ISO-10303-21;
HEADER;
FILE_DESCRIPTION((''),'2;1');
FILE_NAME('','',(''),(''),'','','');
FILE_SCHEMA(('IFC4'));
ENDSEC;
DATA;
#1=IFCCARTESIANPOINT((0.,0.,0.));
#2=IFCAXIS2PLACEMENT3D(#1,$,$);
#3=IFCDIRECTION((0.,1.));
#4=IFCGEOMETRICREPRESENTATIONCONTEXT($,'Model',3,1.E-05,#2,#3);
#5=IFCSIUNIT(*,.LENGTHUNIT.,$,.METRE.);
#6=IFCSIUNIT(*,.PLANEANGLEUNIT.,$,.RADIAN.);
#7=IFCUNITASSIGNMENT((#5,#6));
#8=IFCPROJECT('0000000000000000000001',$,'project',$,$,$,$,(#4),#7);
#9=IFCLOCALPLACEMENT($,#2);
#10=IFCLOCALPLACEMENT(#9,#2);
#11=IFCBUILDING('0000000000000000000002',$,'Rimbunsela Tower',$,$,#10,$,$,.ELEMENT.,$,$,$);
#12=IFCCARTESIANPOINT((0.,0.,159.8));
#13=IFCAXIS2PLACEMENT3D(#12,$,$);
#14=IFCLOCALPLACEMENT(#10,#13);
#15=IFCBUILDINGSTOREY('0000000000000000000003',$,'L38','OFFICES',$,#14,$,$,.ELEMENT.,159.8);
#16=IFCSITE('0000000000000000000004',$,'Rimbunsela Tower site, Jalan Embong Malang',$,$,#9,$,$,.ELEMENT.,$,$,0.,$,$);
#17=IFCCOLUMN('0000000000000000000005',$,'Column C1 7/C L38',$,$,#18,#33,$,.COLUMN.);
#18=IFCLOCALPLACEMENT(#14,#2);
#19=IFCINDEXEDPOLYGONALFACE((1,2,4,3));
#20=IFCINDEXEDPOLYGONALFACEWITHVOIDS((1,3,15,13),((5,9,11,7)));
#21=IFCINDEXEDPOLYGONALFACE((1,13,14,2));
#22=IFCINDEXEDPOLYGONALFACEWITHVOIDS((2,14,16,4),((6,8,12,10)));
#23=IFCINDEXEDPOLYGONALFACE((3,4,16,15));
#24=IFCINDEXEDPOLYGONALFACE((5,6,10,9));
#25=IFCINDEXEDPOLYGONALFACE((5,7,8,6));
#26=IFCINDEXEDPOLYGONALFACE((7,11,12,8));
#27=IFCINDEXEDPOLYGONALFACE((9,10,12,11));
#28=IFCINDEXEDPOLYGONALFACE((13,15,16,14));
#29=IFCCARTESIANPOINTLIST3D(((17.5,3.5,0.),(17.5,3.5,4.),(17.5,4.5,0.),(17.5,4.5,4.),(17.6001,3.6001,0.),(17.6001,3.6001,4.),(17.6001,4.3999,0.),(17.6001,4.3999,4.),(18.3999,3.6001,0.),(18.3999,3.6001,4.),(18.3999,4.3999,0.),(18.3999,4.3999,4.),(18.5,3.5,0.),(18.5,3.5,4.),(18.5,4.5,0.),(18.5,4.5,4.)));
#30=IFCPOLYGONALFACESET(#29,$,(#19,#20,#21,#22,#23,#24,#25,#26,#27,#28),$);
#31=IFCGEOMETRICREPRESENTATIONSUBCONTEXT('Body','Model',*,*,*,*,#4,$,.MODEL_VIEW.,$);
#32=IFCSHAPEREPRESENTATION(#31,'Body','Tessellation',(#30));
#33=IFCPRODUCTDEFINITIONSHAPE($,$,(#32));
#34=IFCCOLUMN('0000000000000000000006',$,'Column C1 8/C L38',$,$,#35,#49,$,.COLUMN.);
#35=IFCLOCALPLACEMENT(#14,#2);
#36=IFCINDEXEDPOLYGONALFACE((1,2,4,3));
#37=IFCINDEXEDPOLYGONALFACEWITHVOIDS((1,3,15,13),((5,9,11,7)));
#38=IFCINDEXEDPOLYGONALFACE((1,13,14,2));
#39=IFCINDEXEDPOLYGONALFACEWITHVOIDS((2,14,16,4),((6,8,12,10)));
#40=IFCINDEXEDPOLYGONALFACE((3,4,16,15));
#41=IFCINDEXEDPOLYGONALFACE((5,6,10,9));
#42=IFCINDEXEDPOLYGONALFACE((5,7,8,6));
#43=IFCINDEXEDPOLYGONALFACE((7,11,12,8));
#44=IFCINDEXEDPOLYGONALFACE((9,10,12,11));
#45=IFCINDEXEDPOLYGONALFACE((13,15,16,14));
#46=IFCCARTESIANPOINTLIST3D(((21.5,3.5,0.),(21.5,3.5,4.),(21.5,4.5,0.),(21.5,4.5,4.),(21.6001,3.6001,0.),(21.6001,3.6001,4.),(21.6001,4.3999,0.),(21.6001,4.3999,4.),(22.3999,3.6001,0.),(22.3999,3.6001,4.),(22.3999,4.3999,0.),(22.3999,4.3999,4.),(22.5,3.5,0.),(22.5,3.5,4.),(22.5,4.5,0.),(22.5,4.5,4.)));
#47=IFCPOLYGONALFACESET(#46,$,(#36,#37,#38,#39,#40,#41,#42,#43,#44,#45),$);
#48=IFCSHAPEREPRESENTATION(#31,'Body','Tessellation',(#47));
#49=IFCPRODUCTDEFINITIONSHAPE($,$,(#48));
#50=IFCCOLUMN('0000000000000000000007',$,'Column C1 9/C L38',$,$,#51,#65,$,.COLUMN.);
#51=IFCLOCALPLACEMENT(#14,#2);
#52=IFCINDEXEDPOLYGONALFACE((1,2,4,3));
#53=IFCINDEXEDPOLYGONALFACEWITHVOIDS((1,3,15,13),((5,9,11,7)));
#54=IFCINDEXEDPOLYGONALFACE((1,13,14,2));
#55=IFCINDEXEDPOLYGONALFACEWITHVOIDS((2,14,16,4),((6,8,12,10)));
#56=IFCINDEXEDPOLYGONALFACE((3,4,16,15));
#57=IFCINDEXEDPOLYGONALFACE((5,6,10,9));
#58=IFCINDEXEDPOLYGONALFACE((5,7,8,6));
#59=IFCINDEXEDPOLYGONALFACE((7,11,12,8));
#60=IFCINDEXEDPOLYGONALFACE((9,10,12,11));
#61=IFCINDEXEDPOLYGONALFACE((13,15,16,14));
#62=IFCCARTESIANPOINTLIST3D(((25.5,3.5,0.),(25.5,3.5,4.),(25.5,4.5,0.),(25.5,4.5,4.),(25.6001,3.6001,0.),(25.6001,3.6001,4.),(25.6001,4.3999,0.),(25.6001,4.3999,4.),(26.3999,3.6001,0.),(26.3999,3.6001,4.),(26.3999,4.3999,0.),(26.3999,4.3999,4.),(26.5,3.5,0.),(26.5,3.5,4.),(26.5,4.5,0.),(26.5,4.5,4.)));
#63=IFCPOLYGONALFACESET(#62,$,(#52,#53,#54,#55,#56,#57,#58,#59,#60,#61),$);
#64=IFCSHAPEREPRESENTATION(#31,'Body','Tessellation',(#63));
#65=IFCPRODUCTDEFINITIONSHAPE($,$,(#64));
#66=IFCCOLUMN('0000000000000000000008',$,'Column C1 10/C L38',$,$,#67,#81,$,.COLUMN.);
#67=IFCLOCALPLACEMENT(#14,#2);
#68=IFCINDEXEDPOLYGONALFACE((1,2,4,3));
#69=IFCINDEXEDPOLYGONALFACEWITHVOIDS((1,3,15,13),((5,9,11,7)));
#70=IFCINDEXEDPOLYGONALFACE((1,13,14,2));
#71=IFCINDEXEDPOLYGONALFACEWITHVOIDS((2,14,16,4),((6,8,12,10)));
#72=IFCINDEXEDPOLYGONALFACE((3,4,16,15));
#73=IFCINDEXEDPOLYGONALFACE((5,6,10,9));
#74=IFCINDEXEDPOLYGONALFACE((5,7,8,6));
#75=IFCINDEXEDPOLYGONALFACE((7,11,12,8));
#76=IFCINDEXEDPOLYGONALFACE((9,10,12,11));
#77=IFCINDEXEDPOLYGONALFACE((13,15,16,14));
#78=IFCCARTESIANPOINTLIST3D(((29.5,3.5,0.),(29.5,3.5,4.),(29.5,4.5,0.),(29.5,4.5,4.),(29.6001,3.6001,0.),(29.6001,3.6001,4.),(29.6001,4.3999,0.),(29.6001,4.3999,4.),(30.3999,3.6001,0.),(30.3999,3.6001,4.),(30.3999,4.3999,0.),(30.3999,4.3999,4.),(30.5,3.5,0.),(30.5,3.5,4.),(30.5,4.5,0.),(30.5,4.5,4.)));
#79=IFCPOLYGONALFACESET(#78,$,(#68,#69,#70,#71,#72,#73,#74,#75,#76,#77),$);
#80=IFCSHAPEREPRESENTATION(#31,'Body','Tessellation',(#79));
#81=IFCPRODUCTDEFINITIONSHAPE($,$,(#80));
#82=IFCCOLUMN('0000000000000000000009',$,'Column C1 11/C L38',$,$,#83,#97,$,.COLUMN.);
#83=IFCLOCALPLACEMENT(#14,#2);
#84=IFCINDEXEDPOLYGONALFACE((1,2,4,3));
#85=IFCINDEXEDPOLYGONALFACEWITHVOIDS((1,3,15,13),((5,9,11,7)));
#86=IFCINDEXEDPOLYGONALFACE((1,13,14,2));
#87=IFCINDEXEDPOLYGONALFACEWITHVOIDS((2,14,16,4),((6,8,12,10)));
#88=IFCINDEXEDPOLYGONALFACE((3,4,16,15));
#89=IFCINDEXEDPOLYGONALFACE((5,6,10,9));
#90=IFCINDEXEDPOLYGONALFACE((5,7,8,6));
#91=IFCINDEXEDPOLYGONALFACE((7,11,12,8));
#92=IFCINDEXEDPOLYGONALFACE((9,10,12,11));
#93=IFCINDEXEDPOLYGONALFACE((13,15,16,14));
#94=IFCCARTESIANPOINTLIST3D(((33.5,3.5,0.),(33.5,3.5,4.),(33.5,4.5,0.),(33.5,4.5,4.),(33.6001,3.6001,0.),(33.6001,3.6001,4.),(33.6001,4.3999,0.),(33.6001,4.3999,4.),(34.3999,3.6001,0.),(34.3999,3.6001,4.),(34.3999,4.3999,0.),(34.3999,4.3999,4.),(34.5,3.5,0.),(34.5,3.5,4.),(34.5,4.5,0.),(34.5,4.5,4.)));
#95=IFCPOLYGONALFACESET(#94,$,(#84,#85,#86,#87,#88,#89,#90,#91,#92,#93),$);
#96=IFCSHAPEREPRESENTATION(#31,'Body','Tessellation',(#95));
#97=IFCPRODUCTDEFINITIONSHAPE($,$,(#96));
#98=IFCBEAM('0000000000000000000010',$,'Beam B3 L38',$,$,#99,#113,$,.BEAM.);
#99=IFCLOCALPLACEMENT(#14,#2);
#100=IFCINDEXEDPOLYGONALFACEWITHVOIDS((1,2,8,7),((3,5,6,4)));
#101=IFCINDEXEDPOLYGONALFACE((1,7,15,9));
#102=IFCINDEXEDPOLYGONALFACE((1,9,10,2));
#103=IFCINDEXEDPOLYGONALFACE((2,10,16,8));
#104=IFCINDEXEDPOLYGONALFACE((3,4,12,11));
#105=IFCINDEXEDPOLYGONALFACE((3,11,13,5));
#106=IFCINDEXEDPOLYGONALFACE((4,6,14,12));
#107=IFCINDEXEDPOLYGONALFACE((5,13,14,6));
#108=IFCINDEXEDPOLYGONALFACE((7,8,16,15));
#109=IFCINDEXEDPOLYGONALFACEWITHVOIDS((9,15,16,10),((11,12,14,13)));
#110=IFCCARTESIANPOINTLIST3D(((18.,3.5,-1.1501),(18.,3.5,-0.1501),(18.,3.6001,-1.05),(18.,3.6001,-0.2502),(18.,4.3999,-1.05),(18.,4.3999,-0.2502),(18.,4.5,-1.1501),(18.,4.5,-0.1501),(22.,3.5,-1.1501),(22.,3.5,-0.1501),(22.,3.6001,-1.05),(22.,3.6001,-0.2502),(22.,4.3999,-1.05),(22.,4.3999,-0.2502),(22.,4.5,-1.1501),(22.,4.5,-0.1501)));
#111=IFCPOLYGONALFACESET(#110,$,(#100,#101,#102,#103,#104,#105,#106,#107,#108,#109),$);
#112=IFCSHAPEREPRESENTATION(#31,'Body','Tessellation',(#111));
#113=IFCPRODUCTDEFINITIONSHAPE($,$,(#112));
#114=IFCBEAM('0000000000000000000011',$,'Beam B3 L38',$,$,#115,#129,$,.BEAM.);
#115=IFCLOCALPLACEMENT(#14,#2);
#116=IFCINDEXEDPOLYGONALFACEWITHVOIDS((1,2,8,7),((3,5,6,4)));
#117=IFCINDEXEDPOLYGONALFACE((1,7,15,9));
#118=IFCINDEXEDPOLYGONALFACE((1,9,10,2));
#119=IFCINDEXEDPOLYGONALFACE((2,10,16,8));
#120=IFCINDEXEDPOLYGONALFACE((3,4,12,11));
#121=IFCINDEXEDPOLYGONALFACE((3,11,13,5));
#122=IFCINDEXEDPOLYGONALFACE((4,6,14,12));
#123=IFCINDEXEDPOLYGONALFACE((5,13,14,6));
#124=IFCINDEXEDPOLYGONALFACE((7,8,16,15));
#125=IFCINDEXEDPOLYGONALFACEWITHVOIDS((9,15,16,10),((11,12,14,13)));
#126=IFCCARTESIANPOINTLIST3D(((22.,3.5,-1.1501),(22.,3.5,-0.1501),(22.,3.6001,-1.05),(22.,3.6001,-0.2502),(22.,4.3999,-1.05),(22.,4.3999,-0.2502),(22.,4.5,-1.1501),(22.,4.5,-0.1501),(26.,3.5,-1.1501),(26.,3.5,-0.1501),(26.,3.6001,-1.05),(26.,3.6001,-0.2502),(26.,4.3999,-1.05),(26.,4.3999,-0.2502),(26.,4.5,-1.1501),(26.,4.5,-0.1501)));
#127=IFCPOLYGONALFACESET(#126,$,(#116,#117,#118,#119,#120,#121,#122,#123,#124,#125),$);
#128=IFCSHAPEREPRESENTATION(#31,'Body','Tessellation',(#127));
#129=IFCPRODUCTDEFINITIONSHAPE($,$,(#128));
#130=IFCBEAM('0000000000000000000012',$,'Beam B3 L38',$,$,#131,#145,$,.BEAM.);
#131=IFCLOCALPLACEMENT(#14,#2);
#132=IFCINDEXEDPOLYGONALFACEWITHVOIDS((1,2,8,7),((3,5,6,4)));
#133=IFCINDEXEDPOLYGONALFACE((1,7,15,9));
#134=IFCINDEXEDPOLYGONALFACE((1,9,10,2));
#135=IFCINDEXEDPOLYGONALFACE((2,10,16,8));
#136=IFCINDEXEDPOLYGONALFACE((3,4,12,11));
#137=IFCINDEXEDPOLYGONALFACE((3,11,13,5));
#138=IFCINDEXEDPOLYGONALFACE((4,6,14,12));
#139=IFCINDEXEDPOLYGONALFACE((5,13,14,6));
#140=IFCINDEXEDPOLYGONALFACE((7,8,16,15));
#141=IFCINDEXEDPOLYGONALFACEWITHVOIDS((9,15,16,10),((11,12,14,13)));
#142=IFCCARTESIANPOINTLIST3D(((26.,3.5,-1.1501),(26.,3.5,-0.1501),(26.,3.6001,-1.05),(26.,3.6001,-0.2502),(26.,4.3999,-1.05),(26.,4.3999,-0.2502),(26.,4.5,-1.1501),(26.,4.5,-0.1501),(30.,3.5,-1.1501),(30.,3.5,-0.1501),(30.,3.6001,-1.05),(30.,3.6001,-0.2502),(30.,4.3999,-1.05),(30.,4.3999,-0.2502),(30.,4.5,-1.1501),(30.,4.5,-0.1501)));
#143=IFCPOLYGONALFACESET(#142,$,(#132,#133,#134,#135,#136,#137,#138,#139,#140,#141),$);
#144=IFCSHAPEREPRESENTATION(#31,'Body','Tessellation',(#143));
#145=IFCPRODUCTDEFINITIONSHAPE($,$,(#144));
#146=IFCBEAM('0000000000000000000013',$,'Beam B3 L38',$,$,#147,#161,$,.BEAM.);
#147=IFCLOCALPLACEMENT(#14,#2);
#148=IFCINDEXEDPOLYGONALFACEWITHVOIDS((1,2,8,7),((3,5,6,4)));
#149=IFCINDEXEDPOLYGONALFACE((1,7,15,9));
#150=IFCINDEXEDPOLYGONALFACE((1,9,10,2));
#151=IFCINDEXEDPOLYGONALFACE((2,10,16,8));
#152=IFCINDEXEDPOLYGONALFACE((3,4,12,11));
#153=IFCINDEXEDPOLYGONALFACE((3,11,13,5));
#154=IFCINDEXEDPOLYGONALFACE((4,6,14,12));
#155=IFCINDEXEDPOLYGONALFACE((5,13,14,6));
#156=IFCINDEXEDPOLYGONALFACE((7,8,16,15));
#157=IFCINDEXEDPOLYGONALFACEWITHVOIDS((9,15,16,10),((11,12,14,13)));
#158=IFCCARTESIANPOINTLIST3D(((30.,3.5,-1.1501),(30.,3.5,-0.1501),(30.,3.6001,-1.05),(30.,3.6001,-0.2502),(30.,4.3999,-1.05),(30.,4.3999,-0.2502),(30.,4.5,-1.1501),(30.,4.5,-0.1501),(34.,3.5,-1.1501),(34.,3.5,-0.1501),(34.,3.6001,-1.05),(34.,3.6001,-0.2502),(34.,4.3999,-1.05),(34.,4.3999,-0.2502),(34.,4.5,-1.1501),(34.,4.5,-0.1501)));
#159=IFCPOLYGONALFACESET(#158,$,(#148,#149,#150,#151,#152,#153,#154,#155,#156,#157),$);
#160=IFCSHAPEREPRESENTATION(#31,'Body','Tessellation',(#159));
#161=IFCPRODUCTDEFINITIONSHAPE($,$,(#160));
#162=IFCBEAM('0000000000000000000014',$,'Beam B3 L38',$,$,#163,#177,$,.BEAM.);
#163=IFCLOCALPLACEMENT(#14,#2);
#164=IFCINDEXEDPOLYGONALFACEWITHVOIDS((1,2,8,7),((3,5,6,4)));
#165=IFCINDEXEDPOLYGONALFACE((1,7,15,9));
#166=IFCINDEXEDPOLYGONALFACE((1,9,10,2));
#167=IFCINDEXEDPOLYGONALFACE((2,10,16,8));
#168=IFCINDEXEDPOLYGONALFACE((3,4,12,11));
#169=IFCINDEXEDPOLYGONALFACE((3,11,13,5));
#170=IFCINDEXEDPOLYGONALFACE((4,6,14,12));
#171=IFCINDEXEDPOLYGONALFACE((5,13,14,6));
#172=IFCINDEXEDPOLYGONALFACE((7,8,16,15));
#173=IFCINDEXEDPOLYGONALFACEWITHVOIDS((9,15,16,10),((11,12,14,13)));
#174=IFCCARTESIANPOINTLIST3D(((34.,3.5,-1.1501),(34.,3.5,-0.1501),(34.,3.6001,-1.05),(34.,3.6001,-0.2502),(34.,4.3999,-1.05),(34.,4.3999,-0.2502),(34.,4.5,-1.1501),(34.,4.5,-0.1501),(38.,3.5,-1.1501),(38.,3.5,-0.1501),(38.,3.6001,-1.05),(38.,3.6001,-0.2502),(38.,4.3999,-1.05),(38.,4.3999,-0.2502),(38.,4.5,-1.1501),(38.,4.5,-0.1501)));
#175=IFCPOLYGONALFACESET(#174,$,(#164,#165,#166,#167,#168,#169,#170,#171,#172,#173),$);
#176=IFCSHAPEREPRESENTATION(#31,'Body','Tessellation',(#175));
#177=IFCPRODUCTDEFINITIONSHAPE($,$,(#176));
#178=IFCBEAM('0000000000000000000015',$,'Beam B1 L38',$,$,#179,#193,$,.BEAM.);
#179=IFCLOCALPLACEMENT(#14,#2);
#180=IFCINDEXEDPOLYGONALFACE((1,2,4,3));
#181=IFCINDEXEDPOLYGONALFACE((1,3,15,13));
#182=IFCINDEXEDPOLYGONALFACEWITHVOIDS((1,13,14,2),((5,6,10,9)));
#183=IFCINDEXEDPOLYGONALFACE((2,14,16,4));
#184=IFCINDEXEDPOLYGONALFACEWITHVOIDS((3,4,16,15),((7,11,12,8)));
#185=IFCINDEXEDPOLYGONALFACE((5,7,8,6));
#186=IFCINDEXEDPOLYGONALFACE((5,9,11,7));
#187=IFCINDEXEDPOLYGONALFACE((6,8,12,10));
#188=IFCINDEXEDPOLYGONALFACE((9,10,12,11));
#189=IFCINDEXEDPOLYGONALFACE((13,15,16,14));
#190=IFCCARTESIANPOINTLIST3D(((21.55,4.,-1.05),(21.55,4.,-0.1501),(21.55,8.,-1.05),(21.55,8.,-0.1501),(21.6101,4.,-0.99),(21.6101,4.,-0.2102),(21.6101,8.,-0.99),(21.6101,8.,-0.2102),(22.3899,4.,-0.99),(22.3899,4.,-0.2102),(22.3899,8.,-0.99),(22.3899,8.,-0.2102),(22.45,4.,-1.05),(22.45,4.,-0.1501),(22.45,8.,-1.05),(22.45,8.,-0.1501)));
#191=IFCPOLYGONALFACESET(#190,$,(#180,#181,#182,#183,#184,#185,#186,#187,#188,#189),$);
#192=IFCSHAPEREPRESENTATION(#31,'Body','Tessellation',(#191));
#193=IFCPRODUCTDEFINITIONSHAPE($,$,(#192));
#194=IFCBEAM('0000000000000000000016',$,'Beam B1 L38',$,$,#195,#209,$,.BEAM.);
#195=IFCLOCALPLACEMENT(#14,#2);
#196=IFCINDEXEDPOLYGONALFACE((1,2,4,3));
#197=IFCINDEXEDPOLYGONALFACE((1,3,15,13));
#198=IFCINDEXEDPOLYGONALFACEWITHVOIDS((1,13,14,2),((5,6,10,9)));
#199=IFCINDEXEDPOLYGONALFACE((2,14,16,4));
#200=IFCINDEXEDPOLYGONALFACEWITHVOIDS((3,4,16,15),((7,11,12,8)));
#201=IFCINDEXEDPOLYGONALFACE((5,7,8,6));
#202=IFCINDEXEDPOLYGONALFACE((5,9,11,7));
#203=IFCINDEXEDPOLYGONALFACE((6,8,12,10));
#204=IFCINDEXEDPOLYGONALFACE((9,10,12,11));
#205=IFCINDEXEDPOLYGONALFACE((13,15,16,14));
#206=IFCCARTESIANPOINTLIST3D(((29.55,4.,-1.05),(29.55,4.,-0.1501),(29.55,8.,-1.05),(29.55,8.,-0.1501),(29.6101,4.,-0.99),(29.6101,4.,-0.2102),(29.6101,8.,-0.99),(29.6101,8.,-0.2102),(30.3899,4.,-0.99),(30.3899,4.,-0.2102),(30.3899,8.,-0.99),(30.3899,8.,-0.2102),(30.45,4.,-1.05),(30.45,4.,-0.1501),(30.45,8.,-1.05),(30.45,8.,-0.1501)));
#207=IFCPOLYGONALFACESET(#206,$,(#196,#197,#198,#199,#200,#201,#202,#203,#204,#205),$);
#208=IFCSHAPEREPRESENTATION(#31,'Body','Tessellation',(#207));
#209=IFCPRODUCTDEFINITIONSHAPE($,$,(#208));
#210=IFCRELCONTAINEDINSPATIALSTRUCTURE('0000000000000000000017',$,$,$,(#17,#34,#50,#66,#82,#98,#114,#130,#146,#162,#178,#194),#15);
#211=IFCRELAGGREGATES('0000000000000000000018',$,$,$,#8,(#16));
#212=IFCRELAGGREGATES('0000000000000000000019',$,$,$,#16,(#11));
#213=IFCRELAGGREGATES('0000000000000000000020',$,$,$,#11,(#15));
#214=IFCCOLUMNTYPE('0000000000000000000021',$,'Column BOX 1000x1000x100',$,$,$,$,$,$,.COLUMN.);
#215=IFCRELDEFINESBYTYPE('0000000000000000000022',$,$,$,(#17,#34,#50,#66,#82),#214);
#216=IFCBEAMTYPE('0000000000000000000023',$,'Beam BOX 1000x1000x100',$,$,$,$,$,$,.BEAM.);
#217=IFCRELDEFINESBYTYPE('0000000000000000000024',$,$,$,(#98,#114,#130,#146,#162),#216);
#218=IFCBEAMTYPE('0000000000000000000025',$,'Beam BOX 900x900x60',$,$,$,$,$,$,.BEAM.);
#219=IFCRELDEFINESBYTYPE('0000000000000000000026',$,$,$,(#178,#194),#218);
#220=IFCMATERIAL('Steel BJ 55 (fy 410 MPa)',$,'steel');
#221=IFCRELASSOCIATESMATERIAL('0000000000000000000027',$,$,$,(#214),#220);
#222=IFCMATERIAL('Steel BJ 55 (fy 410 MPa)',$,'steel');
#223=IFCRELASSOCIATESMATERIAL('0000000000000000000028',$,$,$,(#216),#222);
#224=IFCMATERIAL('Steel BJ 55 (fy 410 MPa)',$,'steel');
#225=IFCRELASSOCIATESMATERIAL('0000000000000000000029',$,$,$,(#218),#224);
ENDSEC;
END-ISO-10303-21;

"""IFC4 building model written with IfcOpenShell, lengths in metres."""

from ifc_helpers import new_model, si_unit, direction, frame, origin, origin_2d, place, context, subcontext, project, spatial, hollow_rectangle, extrude, material, material_profile, profile_set, type_object, element, save


model = new_model("IFC4")

# Units and contexts
model_context = context("Model", 3, precision=1e-05, world=origin(), true_north=direction((0.0, 1.0)))
body_context = subcontext(model_context, "Body", "Model", "MODEL_VIEW")
ifc_project = project(units=[si_unit("LENGTHUNIT", "METRE"), si_unit("PLANEANGLEUNIT", "RADIAN")], contexts=[model_context])

# Site, building, storey
site_placement = place(None, origin())
site = spatial("IfcSite", under=ifc_project, at=site_placement, Name="Rimbunsela Tower site, Jalan Embong Malang", CompositionType="ELEMENT", RefElevation=0.0)
building_placement = place(site_placement, origin())
building = spatial("IfcBuilding", under=site, at=building_placement, Name="Rimbunsela Tower", CompositionType="ELEMENT")
storey_placement = place(building_placement, frame((0.0, 0.0, 159.8)))
storey = spatial("IfcBuildingStorey", under=building, at=storey_placement, Name="L38", Description="OFFICES", CompositionType="ELEMENT", Elevation=159.8)

# Columns
ifc_material_1 = material(Name="Steel BJ 55 (fy 410 MPa)", Category="steel")
ifc_material_profile_1 = material_profile(ifc_material_1, hollow_rectangle(XDim=1.0, YDim=1.0, WallThickness=0.1001, at=origin_2d()), Name="BOX 1000x1000x100")
ifc_profile_set_1 = profile_set([ifc_material_profile_1], Name="Steel BJ 55 (fy 410 MPa)")
column_type = type_object("IfcColumnType", Name="Column BOX 1000x1000x100", PredefinedType="COLUMN", material=ifc_profile_set_1)
for number, where, z_axis, x_axis, name in (
    (1, (18.0, 4.0, 0.0), (0.0, 0.0, 1.0), (1.0, 0.0, 0.0), "Column C1 7/C L38"),
    (2, (22.0, 4.0, 0.0), (0.0, 0.0, 1.0), (1.0, 0.0, 0.0), "Column C1 8/C L38"),
    (3, (26.0, 4.0, 0.0), (0.0, 0.0, 1.0), (1.0, 0.0, 0.0), "Column C1 9/C L38"),
    (4, (30.0, 4.0, 0.0), (0.0, 0.0, 1.0), (1.0, 0.0, 0.0), "Column C1 10/C L38"),
    (5, (34.0, 4.0, 0.0), (0.0, 0.0, 1.0), (1.0, 0.0, 0.0), "Column C1 11/C L38"),
):
    element("IfcColumn", number, at=place(storey_placement, frame(where, z_axis=z_axis, x_axis=x_axis)), inside=storey, type_object=column_type, Name=name, PredefinedType="COLUMN", context=body_context, shape_type="SweptSolid", body=[
        extrude(hollow_rectangle(XDim=1.0, YDim=1.0, WallThickness=0.1001, at=origin_2d()), origin(), (0.0, 0.0, 1.0), 4.0),
    ])

# Beams
ifc_material_2 = material(Name="Steel BJ 55 (fy 410 MPa)", Category="steel")
ifc_material_profile_2 = material_profile(ifc_material_2, hollow_rectangle(XDim=1.0, YDim=1.0, WallThickness=0.1001, at=origin_2d()), Name="BOX 1000x1000x100")
ifc_profile_set_2 = profile_set([ifc_material_profile_2], Name="Steel BJ 55 (fy 410 MPa)")
beam_type_1 = type_object("IfcBeamType", Name="Beam BOX 1000x1000x100", PredefinedType="BEAM", material=ifc_profile_set_2)
for number, where, z_axis, x_axis, name in (
    (6, (18.0, 4.0, -0.6501), (1.0, 0.0, 0.0), (0.0, 1.0, 0.0), "Beam B3 L38"),
    (7, (22.0, 4.0, -0.6501), (1.0, 0.0, 0.0), (0.0, 1.0, 0.0), "Beam B3 L38"),
    (8, (26.0, 4.0, -0.6501), (1.0, 0.0, 0.0), (0.0, 1.0, 0.0), "Beam B3 L38"),
    (9, (30.0, 4.0, -0.6501), (1.0, 0.0, 0.0), (0.0, 1.0, 0.0), "Beam B3 L38"),
    (10, (34.0, 4.0, -0.6501), (1.0, 0.0, 0.0), (0.0, 1.0, 0.0), "Beam B3 L38"),
):
    element("IfcBeam", number, at=place(storey_placement, frame(where, z_axis=z_axis, x_axis=x_axis)), inside=storey, type_object=beam_type_1, Name=name, PredefinedType="BEAM", context=body_context, shape_type="SweptSolid", body=[
        extrude(hollow_rectangle(XDim=1.0, YDim=1.0, WallThickness=0.1001, at=origin_2d()), origin(), (0.0, 0.0, 1.0), 4.0),
    ])
ifc_material_3 = material(Name="Steel BJ 55 (fy 410 MPa)", Category="steel")
ifc_material_profile_3 = material_profile(ifc_material_3, hollow_rectangle(XDim=0.8999, YDim=0.8999, WallThickness=0.0601, at=origin_2d()), Name="BOX 900x900x60")
ifc_profile_set_3 = profile_set([ifc_material_profile_3], Name="Steel BJ 55 (fy 410 MPa)")
beam_type_2 = type_object("IfcBeamType", Name="Beam BOX 900x900x60", PredefinedType="BEAM", material=ifc_profile_set_3)
for number, where, z_axis, x_axis, name in (
    (11, (22.0, 4.0, -0.6001), (0.0, 1.0, 0.0), (-1.0, 0.0, 0.0), "Beam B1 L38"),
    (12, (30.0, 4.0, -0.6001), (0.0, 1.0, 0.0), (-1.0, 0.0, 0.0), "Beam B1 L38"),
):
    element("IfcBeam", number, at=place(storey_placement, frame(where, z_axis=z_axis, x_axis=x_axis)), inside=storey, type_object=beam_type_2, Name=name, PredefinedType="BEAM", context=body_context, shape_type="SweptSolid", body=[
        extrude(hollow_rectangle(XDim=0.8999, YDim=0.8999, WallThickness=0.0601, at=origin_2d()), origin(), (0.0, 0.0, 1.0), 4.0),
    ])

save(model, "model.ifc")
